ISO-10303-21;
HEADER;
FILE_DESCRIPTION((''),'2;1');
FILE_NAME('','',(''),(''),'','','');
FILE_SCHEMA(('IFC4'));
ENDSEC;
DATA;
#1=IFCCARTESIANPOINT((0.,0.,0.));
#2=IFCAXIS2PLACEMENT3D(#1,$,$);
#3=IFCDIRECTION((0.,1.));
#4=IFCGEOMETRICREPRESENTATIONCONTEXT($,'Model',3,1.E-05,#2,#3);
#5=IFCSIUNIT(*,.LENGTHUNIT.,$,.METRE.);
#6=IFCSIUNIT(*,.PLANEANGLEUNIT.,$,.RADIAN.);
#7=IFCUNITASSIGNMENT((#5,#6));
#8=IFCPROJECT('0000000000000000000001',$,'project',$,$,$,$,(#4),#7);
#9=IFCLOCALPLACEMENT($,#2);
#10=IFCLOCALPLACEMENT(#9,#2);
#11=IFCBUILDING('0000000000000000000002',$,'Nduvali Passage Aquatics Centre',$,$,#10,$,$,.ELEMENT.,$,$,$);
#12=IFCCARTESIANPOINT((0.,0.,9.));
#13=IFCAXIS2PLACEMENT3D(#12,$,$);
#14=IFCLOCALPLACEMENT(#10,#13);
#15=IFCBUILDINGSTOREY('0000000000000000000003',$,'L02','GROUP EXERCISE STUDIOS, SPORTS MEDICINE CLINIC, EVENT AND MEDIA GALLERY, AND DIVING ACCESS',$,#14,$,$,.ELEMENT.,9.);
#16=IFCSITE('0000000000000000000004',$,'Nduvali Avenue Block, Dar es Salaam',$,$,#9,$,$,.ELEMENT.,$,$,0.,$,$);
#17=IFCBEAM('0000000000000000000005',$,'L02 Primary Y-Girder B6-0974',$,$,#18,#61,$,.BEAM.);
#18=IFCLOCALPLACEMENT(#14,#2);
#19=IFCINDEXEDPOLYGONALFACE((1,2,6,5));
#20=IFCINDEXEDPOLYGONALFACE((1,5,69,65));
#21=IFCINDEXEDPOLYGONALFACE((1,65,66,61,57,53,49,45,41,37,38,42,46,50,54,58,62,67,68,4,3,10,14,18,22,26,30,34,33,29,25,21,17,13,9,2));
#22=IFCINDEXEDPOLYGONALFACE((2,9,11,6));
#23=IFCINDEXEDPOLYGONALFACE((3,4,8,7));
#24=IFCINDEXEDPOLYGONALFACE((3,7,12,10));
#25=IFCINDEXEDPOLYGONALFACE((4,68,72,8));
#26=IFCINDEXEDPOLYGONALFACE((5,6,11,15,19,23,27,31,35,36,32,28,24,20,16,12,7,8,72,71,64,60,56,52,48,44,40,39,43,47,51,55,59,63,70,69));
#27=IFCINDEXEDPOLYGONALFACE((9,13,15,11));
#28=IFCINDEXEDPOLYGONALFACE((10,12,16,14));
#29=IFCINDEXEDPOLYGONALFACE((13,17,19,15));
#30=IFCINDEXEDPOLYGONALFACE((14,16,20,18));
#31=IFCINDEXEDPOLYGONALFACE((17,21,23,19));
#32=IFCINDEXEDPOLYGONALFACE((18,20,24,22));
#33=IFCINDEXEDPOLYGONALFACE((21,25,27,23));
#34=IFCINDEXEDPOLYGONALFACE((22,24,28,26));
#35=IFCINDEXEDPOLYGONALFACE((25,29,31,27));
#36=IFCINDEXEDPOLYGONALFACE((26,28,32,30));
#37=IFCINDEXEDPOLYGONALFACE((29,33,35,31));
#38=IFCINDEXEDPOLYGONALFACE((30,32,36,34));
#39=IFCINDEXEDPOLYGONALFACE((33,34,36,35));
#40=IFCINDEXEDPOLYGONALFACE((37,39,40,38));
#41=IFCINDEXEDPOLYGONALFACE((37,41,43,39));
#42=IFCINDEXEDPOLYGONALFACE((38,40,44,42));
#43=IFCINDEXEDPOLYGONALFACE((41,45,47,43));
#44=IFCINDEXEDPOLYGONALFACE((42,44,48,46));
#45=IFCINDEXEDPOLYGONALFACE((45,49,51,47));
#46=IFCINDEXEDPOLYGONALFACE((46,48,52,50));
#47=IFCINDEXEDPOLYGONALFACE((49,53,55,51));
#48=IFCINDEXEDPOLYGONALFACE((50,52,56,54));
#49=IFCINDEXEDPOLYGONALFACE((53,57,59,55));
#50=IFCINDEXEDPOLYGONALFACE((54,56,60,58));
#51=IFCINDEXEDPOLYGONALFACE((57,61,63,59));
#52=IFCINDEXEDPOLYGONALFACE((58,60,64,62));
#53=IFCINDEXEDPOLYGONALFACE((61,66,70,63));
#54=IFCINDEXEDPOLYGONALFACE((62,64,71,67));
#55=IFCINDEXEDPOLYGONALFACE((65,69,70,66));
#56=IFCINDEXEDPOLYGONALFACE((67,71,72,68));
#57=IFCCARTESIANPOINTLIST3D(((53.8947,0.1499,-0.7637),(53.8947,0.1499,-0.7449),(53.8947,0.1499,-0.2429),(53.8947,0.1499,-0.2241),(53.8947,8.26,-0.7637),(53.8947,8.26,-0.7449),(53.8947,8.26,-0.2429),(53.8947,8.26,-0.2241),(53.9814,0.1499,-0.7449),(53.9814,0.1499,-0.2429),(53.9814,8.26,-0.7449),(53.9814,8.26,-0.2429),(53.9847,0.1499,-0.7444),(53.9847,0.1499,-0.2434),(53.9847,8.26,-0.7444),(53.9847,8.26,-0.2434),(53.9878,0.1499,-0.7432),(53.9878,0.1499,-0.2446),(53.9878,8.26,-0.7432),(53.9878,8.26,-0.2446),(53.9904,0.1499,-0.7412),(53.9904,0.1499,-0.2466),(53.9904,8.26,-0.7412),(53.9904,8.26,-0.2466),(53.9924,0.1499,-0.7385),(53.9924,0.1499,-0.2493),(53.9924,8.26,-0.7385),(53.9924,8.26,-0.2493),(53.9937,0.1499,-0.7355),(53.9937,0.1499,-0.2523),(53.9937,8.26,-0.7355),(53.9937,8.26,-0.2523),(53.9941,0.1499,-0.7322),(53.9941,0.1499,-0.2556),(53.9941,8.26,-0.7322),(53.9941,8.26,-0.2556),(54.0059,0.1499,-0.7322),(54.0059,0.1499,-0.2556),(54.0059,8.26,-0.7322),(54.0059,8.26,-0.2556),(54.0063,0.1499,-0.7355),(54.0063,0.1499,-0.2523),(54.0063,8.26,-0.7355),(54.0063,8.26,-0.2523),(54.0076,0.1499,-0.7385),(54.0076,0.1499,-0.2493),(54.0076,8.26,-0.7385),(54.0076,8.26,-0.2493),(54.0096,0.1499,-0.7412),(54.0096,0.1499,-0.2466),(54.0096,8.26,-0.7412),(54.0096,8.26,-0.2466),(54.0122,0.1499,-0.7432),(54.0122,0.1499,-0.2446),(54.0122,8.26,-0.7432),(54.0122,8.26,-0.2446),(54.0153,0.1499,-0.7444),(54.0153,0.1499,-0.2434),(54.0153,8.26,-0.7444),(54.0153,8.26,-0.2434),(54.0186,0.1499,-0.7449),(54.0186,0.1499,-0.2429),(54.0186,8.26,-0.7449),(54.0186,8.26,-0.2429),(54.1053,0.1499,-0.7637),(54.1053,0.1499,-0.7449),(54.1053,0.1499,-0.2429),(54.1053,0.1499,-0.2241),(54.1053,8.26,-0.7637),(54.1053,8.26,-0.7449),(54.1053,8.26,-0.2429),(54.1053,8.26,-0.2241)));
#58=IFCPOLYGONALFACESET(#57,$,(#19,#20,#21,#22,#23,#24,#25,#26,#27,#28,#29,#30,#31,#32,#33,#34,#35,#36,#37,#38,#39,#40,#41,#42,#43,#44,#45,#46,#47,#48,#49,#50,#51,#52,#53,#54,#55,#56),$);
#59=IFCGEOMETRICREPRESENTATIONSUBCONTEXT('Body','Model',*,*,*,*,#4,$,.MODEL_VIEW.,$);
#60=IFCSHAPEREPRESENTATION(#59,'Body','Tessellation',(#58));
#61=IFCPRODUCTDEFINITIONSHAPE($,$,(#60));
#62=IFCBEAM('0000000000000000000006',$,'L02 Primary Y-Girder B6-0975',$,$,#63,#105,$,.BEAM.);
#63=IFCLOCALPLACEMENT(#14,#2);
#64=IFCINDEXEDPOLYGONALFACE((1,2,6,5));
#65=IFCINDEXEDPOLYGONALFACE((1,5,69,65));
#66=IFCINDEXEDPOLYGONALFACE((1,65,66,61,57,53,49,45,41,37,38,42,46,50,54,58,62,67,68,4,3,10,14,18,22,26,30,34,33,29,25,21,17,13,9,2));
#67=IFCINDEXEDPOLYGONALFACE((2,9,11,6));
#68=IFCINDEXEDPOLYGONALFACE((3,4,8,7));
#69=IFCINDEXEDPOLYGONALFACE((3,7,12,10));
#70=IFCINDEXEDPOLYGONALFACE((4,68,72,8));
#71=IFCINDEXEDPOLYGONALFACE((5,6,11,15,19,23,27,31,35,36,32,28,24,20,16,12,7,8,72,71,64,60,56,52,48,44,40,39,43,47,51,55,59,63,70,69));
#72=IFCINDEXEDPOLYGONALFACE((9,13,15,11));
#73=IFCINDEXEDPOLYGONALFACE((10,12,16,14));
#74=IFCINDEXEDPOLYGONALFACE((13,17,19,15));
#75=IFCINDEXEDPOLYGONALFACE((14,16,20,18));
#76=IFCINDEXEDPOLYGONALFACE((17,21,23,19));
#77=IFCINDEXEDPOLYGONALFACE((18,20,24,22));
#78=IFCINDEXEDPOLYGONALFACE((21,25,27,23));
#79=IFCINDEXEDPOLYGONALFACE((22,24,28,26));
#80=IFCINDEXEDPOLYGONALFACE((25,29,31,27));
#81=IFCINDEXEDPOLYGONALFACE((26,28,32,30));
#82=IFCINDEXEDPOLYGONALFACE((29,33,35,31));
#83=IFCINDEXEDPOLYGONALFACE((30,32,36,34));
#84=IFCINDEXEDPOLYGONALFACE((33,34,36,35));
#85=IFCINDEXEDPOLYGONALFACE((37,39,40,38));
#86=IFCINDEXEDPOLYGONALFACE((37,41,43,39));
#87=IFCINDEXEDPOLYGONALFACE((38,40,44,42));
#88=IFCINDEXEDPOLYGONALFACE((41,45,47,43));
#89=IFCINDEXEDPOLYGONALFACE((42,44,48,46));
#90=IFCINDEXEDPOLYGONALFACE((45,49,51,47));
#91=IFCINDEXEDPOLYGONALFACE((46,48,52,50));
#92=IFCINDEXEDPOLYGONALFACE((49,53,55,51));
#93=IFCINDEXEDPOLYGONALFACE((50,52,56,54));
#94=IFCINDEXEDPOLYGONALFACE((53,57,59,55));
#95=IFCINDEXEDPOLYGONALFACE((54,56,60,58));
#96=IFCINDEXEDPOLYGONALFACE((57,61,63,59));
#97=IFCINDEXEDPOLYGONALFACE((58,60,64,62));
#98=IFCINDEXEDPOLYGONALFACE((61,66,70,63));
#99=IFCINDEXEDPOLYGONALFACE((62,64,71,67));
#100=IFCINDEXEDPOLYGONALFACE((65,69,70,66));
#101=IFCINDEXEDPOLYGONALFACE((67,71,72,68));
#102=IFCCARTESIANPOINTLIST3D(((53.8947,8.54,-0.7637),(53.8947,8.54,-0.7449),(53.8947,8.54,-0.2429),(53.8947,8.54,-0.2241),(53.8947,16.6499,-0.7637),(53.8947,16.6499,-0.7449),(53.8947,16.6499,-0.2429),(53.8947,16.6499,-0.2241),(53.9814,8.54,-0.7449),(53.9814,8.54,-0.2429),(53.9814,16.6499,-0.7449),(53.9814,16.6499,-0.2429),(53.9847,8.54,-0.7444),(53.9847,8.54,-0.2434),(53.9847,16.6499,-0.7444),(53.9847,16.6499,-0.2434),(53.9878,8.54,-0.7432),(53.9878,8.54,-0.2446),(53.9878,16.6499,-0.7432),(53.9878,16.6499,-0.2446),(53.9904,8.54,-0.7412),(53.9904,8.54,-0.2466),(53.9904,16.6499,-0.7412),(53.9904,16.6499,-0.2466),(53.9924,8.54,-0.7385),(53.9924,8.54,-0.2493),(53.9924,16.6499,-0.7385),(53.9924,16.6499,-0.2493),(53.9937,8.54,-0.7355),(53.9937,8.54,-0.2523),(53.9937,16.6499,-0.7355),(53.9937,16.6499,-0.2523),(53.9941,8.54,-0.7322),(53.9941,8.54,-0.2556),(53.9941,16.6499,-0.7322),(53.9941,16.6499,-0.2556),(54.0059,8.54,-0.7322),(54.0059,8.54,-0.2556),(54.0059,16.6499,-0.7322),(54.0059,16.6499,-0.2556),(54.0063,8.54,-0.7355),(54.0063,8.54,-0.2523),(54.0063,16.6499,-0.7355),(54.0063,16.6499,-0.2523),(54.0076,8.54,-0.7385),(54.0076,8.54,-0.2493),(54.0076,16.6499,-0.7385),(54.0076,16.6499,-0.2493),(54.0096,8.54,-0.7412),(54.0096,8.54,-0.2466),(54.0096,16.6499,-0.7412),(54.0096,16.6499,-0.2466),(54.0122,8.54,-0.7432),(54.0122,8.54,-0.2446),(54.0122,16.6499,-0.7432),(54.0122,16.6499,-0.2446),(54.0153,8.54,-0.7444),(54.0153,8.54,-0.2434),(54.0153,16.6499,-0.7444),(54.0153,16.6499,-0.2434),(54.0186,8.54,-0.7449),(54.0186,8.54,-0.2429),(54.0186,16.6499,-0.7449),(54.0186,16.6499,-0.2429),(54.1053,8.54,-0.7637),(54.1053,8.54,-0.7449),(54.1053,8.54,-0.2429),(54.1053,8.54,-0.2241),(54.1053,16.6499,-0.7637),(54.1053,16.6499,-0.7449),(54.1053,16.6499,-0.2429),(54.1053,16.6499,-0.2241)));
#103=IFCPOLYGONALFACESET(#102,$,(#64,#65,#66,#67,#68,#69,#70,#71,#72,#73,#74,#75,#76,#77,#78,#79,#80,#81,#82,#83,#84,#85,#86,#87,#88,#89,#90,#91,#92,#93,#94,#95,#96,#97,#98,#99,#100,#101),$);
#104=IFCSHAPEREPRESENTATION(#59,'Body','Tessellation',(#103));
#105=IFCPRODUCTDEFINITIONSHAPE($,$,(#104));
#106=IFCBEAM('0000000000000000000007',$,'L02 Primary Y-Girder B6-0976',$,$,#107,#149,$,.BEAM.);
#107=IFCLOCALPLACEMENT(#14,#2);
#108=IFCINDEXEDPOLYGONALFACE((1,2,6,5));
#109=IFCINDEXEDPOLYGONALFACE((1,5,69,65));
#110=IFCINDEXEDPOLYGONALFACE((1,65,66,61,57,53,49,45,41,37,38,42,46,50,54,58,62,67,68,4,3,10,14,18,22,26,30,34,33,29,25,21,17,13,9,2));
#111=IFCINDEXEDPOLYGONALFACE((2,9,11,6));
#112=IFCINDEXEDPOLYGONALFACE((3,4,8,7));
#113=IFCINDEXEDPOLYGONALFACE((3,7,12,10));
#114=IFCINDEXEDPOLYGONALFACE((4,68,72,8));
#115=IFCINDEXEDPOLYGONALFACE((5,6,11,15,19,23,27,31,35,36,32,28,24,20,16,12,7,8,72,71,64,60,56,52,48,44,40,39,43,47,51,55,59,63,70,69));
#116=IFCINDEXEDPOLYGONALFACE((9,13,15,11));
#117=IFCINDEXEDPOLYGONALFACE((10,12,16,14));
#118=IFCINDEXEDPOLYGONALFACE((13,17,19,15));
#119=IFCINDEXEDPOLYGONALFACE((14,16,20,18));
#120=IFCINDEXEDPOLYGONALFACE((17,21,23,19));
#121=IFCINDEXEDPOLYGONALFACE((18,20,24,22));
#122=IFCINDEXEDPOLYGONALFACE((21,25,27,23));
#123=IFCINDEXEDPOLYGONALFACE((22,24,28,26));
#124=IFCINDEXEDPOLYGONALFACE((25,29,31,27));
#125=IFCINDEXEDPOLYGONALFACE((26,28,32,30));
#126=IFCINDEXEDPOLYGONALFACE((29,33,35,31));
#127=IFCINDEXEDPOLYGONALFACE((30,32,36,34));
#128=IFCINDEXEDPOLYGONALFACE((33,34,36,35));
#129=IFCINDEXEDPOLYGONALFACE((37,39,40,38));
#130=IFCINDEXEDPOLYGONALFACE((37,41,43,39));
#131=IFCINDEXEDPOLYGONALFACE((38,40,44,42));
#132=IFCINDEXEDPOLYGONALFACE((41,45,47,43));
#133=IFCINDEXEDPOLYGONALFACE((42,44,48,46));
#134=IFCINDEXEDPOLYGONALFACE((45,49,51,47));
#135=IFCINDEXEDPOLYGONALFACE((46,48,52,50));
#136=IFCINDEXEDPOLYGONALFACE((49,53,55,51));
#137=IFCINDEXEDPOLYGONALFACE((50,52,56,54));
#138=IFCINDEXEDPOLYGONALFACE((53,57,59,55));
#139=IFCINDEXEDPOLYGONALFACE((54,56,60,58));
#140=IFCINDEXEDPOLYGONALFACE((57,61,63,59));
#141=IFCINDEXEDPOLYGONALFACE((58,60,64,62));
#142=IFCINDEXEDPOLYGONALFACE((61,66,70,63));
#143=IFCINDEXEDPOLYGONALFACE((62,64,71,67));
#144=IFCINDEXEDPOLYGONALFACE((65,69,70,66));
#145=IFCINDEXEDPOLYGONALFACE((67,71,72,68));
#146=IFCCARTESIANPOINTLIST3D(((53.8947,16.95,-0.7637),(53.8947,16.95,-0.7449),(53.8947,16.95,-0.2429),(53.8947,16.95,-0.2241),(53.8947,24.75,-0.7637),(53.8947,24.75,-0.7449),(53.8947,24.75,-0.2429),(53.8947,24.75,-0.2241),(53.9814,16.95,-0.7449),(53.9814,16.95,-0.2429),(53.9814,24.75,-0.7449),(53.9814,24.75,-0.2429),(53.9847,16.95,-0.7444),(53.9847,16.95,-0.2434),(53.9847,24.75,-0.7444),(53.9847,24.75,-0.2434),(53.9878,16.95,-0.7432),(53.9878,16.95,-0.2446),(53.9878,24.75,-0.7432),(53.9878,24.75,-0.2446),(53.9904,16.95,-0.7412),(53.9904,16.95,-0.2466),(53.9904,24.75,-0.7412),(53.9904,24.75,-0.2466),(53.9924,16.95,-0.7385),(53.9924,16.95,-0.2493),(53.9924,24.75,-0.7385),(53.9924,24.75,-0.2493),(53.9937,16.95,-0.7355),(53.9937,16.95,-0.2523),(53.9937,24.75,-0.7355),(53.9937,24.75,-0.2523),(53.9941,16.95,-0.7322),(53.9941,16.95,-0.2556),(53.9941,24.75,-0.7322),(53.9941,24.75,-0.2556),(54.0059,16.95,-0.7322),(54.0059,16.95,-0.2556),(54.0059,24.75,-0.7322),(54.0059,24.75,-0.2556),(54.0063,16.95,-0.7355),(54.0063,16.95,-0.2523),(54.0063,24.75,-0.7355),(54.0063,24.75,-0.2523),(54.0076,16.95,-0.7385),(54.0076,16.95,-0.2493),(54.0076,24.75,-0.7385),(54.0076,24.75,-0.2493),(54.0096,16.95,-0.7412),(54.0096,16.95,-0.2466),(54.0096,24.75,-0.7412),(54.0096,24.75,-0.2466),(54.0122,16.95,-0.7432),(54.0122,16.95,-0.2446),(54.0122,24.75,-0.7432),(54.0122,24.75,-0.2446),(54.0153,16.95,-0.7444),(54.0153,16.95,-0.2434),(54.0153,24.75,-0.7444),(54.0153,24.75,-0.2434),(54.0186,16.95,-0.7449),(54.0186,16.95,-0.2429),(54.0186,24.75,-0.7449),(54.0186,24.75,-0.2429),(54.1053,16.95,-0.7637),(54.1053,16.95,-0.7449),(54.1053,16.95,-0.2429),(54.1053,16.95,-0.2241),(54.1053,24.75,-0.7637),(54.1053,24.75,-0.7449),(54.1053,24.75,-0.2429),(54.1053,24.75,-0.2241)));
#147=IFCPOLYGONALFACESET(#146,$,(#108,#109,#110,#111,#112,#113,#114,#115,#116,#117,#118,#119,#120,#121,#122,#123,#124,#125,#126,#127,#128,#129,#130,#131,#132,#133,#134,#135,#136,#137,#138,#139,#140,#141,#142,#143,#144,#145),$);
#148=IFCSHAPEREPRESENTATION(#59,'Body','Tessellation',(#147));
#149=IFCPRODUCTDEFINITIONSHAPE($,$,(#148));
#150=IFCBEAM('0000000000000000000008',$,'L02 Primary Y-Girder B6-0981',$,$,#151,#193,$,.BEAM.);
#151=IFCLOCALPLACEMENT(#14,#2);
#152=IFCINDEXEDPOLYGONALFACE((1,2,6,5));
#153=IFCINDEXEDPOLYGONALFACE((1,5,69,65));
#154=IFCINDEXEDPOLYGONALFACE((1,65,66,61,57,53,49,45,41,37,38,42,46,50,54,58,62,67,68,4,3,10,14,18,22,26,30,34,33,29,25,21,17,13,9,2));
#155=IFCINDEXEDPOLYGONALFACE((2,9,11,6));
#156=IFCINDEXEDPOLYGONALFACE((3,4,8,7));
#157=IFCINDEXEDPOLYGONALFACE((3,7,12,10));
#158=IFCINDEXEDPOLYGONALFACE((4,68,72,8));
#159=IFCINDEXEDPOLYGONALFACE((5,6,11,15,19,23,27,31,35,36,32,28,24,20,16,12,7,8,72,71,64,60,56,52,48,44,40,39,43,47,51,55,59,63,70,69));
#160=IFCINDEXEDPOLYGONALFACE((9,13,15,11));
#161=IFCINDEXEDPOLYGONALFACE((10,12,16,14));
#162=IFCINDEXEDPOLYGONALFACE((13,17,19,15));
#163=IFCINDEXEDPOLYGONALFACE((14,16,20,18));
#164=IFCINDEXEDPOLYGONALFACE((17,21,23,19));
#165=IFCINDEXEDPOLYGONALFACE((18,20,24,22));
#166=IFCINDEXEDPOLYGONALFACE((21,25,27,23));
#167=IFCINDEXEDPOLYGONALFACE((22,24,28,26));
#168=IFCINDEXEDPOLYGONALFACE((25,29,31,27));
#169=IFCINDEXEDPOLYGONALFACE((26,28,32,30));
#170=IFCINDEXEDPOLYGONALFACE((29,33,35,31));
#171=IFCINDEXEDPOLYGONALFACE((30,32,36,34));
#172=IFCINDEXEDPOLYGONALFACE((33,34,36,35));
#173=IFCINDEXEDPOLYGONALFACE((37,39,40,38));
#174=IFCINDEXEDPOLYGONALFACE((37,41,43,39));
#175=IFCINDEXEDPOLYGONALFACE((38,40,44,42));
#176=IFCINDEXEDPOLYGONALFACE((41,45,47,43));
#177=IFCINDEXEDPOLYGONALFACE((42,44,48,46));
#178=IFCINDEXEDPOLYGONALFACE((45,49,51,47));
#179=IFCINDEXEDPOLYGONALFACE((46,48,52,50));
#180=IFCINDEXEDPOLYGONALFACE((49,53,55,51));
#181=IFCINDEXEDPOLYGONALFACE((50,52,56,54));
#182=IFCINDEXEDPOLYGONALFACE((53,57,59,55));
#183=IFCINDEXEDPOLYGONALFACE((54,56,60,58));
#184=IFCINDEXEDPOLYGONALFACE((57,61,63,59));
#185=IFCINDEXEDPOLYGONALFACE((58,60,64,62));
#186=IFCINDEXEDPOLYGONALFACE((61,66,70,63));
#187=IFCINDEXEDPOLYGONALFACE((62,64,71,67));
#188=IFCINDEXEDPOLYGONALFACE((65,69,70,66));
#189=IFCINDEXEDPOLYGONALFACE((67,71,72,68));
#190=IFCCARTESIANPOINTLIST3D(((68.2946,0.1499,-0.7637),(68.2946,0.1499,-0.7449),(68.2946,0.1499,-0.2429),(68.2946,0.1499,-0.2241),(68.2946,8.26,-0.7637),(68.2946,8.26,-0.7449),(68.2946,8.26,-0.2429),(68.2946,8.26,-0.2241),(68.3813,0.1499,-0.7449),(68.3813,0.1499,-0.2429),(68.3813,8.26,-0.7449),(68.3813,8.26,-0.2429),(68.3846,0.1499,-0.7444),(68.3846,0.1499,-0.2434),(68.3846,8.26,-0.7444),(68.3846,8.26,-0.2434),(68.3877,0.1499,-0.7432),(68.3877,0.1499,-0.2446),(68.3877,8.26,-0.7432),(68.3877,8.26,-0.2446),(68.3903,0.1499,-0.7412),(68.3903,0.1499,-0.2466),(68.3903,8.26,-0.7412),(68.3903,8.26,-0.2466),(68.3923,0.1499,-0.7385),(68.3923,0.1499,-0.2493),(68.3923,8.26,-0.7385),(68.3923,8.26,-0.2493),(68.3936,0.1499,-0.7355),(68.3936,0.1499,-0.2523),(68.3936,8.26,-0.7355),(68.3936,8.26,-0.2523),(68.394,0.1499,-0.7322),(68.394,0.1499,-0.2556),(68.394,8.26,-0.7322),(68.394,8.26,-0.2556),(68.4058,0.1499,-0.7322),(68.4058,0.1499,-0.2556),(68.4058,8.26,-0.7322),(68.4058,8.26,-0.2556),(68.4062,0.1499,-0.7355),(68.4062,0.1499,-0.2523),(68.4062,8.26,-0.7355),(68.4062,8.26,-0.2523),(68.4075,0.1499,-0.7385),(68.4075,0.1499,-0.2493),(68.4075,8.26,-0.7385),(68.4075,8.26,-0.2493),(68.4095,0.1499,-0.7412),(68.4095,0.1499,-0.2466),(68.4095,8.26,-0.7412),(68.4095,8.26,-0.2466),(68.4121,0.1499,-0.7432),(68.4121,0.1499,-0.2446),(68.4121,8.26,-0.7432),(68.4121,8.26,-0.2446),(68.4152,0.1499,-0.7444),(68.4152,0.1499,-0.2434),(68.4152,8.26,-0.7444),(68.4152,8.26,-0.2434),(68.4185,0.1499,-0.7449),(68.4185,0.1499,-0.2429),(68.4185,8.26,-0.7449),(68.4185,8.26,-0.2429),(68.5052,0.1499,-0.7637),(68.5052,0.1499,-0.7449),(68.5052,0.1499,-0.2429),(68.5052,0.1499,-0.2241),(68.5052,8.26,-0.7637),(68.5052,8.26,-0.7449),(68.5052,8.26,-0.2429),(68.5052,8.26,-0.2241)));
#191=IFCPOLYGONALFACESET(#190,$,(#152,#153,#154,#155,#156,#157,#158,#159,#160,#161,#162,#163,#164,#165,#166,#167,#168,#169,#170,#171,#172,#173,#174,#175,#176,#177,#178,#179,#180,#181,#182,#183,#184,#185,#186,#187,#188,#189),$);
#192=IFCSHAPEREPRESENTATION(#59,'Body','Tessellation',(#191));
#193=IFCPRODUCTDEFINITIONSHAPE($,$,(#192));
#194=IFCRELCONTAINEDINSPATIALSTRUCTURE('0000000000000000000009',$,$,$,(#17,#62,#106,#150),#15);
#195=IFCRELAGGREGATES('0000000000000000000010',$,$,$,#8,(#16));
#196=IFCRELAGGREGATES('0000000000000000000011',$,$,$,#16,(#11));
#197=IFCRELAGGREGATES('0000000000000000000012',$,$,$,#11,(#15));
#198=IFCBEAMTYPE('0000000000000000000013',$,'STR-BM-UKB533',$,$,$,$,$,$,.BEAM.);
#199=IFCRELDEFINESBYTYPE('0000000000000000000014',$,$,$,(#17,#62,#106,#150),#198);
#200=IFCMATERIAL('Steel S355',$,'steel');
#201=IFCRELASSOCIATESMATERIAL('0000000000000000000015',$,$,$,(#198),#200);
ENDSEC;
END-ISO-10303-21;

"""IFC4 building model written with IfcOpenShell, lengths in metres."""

from ifc_helpers import new_model, si_unit, direction, frame, origin, origin_2d, place, context, subcontext, project, spatial, i_section, extrude, material, material_profile, profile_set, type_object, element, save


model = new_model("IFC4")

# Units and contexts
model_context = context("Model", 3, precision=1e-05, world=origin(), true_north=direction((0.0, 1.0)))
body_context = subcontext(model_context, "Body", "Model", "MODEL_VIEW")
ifc_project = project(units=[si_unit("LENGTHUNIT", "METRE"), si_unit("PLANEANGLEUNIT", "RADIAN")], contexts=[model_context])

# Site, building, storey
site_placement = place(None, origin())
site = spatial("IfcSite", under=ifc_project, at=site_placement, Name="Nduvali Avenue Block, Dar es Salaam", CompositionType="ELEMENT", RefElevation=0.0)
building_placement = place(site_placement, origin())
building = spatial("IfcBuilding", under=site, at=building_placement, Name="Nduvali Passage Aquatics Centre", CompositionType="ELEMENT")
storey_placement = place(building_placement, frame((0.0, 0.0, 9.0)))
storey = spatial("IfcBuildingStorey", under=building, at=storey_placement, Name="L02", Description="GROUP EXERCISE STUDIOS, SPORTS MEDICINE CLINIC, EVENT AND MEDIA GALLERY, AND DIVING ACCESS", CompositionType="ELEMENT", Elevation=9.0)

# Beams
ifc_material = material(Name="Steel S355", Category="steel")
ifc_material_profile_1 = material_profile(ifc_material, i_section(OverallWidth=0.2107, OverallDepth=0.5396, WebThickness=0.0117, FlangeThickness=0.0188, FilletRadius=0.0127, at=origin_2d()), Name="UKB 533x210x109")
ifc_profile_set_1 = profile_set([ifc_material_profile_1], Name="Steel S355")
beam_type_1 = type_object("IfcBeamType", Name="STR-BM-UKB533", PredefinedType="BEAM", material=ifc_profile_set_1)
beam_1_placement = place(storey_placement, frame((54.0, 0.1499, -0.4939), z_axis=(0.0, 1.0, 0.0), x_axis=(-1.0, 0.0, 0.0)))
element("IfcBeam", 1, at=beam_1_placement, inside=storey, type_object=beam_type_1, Name="L02 Primary Y-Girder B6-0974", PredefinedType="BEAM", context=body_context, shape_type="SweptSolid", body=[
    extrude(i_section(OverallWidth=0.2107, OverallDepth=0.5396, WebThickness=0.0117, FlangeThickness=0.0188, FilletRadius=0.0127, at=origin_2d()), origin(), (0.0, 0.0, 1.0), 8.1101),
])
beam_2_placement = place(storey_placement, frame((54.0, 8.54, -0.4939), z_axis=(0.0, 1.0, 0.0), x_axis=(-1.0, 0.0, 0.0)))
element("IfcBeam", 2, at=beam_2_placement, inside=storey, type_object=beam_type_1, Name="L02 Primary Y-Girder B6-0975", PredefinedType="BEAM", context=body_context, shape_type="SweptSolid", body=[
    extrude(i_section(OverallWidth=0.2107, OverallDepth=0.5396, WebThickness=0.0117, FlangeThickness=0.0188, FilletRadius=0.0127, at=origin_2d()), origin(), (0.0, 0.0, 1.0), 8.1099),
])
beam_3_placement = place(storey_placement, frame((54.0, 16.95, -0.4939), z_axis=(0.0, 1.0, 0.0), x_axis=(-1.0, 0.0, 0.0)))
element("IfcBeam", 3, at=beam_3_placement, inside=storey, type_object=beam_type_1, Name="L02 Primary Y-Girder B6-0976", PredefinedType="BEAM", context=body_context, shape_type="SweptSolid", body=[
    extrude(i_section(OverallWidth=0.2107, OverallDepth=0.5396, WebThickness=0.0117, FlangeThickness=0.0188, FilletRadius=0.0127, at=origin_2d()), origin(), (0.0, 0.0, 1.0), 7.8),
])
beam_4_placement = place(storey_placement, frame((68.3999, 0.1499, -0.4939), z_axis=(0.0, 1.0, 0.0), x_axis=(-1.0, 0.0, 0.0)))
element("IfcBeam", 4, at=beam_4_placement, inside=storey, type_object=beam_type_1, Name="L02 Primary Y-Girder B6-0981", PredefinedType="BEAM", context=body_context, shape_type="SweptSolid", body=[
    extrude(i_section(OverallWidth=0.2107, OverallDepth=0.5396, WebThickness=0.0117, FlangeThickness=0.0188, FilletRadius=0.0127, at=origin_2d()), origin(), (0.0, 0.0, 1.0), 8.1101),
])

save(model, "model.ifc")
